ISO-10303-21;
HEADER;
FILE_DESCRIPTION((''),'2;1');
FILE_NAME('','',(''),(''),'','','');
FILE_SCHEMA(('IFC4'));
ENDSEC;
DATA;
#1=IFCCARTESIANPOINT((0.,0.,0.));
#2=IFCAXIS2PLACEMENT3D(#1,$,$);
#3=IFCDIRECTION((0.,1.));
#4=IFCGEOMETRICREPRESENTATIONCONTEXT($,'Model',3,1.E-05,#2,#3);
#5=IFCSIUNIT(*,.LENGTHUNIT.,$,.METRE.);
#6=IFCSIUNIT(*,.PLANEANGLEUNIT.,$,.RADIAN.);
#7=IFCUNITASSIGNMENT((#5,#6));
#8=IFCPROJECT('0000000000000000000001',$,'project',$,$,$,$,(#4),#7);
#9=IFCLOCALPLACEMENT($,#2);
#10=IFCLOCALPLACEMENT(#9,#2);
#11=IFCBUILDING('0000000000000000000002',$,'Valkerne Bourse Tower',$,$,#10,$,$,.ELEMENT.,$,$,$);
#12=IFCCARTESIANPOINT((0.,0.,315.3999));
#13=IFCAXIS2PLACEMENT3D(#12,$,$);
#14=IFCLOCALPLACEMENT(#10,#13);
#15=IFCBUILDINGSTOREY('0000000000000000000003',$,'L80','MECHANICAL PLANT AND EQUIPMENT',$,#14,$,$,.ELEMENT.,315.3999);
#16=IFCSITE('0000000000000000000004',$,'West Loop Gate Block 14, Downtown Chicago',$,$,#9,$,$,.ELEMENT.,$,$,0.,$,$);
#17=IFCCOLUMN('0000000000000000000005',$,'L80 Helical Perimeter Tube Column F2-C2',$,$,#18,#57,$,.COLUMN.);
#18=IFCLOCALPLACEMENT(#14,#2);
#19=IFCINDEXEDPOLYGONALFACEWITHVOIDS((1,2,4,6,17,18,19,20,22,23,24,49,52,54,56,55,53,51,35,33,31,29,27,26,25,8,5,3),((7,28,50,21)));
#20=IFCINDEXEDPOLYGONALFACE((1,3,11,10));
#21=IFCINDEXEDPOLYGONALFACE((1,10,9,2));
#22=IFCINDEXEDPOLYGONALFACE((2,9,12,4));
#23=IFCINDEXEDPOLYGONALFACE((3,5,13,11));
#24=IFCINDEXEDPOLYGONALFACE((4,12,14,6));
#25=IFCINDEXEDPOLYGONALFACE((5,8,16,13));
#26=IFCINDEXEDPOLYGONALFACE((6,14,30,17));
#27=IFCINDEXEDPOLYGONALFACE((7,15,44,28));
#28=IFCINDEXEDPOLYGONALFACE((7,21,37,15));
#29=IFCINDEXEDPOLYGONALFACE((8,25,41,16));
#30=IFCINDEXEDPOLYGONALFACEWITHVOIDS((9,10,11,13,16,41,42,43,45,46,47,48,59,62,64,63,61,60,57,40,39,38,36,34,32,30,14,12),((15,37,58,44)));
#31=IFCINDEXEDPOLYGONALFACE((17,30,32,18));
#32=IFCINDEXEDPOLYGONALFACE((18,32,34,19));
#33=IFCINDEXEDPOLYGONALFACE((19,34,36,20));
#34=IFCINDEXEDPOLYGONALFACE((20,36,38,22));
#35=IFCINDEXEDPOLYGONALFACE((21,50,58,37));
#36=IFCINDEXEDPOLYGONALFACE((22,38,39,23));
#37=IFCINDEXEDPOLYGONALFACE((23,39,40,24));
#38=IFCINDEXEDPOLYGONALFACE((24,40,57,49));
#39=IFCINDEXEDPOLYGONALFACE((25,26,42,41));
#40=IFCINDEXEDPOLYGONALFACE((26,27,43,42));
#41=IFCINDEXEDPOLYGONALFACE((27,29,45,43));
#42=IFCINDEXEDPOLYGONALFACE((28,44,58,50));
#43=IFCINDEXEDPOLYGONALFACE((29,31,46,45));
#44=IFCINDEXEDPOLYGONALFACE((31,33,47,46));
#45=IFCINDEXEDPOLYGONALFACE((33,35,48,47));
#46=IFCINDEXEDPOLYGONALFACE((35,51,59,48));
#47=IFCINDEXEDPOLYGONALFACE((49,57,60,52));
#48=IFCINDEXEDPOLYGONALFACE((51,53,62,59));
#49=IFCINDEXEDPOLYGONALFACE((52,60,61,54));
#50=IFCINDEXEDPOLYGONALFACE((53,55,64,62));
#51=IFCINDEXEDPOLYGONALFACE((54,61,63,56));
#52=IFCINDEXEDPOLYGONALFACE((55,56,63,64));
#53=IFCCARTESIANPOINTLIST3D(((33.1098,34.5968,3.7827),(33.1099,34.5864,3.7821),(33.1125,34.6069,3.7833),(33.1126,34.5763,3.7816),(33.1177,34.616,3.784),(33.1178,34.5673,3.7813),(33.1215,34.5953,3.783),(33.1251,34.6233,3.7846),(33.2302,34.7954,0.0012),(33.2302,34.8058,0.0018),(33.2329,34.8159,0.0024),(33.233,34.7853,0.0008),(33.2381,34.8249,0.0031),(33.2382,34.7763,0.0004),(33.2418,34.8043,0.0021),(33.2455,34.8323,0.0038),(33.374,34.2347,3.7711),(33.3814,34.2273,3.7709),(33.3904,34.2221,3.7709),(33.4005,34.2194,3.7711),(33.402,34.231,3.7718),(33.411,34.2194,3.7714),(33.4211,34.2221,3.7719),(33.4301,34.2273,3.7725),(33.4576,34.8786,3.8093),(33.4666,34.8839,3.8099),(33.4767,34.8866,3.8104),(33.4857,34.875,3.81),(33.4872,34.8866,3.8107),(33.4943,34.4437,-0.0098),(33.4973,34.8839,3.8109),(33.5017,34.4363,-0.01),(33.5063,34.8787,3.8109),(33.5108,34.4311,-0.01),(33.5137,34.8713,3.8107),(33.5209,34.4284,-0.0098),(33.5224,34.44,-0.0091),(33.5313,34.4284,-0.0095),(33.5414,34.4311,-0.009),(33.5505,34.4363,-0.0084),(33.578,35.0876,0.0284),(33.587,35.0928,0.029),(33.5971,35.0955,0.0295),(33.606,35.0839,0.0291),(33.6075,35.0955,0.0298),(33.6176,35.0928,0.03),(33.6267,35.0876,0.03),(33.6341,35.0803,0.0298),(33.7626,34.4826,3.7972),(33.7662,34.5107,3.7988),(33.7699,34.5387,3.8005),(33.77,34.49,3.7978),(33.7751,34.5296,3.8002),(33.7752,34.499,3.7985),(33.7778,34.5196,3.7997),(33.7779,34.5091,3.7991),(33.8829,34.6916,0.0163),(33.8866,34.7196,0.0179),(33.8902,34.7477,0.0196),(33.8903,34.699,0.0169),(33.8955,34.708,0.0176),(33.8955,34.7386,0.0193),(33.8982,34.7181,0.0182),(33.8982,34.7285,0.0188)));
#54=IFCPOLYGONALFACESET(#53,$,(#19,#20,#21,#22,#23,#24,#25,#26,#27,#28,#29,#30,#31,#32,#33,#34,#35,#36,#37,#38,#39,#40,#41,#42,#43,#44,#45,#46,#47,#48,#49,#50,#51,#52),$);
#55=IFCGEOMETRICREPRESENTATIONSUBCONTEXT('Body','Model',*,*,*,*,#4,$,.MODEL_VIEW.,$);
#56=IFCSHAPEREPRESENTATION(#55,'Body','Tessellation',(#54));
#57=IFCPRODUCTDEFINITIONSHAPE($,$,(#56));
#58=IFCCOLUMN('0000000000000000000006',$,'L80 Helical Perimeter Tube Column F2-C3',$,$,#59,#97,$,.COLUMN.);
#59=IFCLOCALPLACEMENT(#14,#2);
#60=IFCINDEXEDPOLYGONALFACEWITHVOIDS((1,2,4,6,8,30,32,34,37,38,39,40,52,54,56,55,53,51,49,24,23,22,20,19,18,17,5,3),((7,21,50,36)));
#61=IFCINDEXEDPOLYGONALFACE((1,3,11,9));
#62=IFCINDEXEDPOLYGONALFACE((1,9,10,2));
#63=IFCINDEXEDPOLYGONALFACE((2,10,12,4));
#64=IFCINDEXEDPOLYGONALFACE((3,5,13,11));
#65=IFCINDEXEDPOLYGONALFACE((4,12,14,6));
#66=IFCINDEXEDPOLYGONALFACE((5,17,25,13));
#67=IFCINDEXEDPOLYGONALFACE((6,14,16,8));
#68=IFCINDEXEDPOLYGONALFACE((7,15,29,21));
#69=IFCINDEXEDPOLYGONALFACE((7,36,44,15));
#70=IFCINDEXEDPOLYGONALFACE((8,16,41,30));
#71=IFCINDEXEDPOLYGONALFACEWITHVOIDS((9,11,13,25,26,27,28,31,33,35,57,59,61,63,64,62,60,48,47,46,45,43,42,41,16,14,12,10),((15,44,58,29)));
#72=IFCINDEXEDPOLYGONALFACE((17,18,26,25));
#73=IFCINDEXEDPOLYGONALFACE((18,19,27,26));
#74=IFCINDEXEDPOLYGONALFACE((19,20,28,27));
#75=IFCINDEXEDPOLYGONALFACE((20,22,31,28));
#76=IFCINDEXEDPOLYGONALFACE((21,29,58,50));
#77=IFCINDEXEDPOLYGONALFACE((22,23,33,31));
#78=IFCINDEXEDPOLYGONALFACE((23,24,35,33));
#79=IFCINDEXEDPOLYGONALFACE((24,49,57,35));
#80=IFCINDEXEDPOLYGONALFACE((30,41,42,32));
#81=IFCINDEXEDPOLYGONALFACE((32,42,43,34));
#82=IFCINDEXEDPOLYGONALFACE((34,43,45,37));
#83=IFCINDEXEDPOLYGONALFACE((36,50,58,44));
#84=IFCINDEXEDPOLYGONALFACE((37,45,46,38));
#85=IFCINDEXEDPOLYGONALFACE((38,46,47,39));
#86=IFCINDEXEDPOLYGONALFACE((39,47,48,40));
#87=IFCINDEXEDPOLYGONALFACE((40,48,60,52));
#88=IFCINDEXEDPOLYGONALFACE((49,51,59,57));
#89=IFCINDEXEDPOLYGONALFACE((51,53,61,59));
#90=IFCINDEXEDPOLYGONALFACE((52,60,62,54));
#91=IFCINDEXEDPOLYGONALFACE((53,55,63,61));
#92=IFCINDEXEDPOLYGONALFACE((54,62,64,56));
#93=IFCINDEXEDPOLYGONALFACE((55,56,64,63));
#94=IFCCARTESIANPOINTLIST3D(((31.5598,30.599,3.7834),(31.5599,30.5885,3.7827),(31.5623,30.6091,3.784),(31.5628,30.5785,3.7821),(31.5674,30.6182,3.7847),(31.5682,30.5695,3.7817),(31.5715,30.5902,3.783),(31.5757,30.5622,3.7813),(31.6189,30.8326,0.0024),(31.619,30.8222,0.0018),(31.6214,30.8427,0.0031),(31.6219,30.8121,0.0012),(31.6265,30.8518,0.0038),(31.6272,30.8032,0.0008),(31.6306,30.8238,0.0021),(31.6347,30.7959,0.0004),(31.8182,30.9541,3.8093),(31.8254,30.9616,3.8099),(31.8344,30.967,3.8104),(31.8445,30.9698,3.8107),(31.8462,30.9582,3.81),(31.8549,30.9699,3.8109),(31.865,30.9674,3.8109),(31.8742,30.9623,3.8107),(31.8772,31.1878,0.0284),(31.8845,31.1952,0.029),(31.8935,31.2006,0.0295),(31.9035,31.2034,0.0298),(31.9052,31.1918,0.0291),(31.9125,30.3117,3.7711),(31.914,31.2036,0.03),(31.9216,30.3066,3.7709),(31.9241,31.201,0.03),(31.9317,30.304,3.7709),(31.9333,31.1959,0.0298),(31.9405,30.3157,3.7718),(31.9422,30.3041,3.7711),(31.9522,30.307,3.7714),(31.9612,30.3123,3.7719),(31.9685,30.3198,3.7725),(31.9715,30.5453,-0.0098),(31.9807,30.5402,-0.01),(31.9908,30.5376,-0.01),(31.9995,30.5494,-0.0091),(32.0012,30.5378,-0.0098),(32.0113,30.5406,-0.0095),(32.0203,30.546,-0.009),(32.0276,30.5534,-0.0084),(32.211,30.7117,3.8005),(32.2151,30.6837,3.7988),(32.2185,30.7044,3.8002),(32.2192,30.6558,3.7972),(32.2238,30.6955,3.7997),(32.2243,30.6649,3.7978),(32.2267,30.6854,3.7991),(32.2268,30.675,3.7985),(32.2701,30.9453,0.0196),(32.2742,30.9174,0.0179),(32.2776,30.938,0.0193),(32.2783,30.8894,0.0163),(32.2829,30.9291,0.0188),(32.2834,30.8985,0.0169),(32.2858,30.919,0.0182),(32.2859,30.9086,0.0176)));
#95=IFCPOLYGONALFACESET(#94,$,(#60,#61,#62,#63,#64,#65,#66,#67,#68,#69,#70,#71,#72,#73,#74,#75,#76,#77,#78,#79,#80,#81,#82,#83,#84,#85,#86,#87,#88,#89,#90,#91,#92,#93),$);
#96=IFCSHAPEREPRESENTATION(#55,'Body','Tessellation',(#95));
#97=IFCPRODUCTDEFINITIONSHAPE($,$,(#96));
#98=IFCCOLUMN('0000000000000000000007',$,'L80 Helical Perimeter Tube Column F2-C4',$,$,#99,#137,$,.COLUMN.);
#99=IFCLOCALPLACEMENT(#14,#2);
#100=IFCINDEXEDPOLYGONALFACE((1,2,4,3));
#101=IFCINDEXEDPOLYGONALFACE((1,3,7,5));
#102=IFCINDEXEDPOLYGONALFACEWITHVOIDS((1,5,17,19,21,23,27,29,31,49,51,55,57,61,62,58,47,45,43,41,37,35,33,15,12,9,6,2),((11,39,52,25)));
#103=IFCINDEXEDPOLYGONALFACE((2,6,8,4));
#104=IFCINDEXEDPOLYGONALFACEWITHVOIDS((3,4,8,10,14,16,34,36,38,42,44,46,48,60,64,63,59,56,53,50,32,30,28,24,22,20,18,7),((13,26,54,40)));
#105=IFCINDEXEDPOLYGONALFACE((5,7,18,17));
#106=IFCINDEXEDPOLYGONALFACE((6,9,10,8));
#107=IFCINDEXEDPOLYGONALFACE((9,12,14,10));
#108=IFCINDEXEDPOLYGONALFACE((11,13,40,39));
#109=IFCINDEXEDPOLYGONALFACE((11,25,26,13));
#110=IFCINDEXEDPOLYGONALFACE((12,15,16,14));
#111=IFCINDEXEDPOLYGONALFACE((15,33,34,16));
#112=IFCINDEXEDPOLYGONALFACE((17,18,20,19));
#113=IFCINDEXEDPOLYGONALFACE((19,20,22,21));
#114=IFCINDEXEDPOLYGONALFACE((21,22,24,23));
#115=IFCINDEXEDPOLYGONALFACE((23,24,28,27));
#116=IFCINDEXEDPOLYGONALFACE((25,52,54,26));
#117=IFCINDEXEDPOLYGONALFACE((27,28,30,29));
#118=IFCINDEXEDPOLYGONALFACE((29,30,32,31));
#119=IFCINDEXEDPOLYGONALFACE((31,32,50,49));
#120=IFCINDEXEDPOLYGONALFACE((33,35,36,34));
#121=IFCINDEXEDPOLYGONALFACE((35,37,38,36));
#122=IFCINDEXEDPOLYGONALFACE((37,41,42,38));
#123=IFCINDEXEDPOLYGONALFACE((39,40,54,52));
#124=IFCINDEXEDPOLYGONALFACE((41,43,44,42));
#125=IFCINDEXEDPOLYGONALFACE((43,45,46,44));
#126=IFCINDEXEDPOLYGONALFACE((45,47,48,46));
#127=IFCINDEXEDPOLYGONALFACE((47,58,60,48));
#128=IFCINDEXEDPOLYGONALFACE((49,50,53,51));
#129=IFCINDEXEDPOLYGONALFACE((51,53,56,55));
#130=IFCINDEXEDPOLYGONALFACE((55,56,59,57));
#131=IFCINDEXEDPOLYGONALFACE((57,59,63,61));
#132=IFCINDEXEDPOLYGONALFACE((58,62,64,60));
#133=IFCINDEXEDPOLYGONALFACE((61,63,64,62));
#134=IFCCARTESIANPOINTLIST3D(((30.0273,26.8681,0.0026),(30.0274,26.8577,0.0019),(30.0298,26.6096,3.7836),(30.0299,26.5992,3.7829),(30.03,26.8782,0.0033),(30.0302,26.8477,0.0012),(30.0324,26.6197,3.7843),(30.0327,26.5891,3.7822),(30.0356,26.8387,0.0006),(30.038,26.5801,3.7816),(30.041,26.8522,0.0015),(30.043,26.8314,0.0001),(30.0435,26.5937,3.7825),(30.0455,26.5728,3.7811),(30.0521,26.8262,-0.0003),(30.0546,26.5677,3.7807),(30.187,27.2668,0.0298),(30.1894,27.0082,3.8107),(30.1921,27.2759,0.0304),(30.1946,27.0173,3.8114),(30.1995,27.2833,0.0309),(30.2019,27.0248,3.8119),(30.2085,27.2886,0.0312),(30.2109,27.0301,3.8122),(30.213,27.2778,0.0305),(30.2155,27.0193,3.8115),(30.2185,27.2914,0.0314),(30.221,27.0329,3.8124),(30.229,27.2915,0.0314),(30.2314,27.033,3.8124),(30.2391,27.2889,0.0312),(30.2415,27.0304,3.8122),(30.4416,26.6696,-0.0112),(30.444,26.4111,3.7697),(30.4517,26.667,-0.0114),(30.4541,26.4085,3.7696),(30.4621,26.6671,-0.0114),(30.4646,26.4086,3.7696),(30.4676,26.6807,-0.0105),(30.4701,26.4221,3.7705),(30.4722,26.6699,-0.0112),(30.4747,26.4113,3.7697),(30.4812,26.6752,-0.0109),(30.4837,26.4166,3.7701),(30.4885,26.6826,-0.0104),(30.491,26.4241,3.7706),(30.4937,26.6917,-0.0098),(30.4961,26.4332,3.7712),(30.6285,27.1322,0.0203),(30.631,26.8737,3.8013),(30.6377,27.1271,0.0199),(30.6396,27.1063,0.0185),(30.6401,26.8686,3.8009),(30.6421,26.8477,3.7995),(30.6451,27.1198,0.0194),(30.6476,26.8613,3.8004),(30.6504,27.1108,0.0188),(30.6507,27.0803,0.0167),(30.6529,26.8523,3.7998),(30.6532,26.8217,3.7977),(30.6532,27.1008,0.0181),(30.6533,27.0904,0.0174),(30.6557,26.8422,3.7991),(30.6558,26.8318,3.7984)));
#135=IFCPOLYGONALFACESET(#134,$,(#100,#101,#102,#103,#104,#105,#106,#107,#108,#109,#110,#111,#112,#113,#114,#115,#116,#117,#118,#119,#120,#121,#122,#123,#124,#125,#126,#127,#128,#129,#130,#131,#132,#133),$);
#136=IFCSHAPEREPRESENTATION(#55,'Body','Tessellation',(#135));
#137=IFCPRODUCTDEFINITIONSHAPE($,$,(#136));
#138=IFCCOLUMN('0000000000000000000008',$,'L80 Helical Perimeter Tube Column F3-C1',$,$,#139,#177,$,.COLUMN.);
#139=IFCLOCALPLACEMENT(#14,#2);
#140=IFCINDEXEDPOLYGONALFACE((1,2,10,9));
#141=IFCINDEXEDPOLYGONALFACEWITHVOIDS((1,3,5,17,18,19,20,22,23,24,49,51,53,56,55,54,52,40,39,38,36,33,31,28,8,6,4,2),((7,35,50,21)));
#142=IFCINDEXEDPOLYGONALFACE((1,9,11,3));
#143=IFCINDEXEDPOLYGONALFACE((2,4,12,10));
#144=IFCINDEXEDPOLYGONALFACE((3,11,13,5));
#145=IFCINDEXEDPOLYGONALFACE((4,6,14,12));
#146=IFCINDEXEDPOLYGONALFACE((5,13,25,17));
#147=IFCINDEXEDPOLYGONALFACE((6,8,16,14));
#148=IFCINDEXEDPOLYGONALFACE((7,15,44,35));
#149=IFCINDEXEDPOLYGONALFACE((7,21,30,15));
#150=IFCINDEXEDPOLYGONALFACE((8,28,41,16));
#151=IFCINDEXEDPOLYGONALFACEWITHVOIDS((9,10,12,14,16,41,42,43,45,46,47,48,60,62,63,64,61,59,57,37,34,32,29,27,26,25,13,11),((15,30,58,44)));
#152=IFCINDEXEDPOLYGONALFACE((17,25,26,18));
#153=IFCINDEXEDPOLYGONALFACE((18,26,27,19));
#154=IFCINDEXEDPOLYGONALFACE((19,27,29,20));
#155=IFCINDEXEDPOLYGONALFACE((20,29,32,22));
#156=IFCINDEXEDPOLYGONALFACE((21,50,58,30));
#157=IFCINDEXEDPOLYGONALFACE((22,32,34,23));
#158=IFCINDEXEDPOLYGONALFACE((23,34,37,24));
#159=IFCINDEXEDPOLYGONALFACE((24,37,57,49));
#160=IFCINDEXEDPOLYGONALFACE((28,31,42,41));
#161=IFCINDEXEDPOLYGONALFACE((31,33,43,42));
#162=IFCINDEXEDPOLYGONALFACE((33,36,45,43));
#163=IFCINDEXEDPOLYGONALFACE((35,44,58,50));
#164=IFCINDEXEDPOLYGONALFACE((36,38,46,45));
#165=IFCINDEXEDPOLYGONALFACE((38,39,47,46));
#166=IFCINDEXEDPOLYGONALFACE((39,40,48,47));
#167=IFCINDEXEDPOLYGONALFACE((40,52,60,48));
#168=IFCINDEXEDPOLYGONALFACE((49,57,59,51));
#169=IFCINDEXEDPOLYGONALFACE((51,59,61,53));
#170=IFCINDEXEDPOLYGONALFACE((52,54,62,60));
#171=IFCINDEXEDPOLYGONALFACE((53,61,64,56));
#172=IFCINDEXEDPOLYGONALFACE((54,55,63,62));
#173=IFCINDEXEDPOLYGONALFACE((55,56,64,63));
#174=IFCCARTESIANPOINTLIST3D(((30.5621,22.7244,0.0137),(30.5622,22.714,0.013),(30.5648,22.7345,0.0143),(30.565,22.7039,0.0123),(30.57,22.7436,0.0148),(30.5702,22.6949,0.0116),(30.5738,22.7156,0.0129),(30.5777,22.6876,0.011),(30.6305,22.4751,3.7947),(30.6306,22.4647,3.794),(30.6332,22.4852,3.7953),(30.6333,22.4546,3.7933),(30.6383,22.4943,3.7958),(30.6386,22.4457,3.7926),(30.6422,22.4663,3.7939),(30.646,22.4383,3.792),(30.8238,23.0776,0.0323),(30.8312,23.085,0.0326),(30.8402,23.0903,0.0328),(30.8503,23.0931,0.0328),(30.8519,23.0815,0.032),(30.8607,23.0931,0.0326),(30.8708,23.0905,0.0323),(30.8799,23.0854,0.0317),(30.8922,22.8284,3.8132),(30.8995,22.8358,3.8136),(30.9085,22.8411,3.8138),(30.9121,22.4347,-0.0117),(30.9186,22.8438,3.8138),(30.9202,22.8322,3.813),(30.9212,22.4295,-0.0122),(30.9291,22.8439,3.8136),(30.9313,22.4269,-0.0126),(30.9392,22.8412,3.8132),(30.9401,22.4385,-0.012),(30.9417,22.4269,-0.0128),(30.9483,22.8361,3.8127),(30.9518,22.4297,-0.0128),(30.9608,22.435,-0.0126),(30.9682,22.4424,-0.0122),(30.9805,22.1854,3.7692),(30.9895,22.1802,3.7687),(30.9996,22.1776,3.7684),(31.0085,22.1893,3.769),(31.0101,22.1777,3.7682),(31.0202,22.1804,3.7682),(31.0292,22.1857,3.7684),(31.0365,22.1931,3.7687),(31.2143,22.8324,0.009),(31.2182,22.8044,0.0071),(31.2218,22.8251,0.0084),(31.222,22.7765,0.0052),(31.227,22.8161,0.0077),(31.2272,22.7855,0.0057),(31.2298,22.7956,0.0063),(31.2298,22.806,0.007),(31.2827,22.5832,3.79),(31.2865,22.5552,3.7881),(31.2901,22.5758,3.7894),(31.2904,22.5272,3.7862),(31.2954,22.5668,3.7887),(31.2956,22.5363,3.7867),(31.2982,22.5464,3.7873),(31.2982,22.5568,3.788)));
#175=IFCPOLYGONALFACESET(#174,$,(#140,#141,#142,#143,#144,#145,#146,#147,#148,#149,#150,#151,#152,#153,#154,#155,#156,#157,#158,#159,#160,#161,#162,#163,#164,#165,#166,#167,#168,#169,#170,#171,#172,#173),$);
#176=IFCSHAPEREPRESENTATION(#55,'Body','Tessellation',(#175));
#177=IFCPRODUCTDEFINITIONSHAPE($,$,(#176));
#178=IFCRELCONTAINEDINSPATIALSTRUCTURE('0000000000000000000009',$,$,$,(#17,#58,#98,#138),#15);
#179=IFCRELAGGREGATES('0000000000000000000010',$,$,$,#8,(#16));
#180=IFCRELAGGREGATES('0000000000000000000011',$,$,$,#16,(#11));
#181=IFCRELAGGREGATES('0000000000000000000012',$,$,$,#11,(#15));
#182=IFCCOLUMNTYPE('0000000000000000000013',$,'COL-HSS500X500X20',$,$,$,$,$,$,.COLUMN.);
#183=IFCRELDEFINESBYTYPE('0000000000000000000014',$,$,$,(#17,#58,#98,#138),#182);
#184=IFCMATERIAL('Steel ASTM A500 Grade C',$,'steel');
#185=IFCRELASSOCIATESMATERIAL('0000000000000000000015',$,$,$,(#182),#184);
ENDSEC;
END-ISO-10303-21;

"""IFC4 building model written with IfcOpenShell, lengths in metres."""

from ifc_helpers import new_model, si_unit, direction, frame, origin, origin_2d, place, context, subcontext, project, spatial, hollow_rectangle, extrude, material, material_profile, profile_set, type_object, element, save


model = new_model("IFC4")

# Units and contexts
model_context = context("Model", 3, precision=1e-05, world=origin(), true_north=direction((0.0, 1.0)))
body_context = subcontext(model_context, "Body", "Model", "MODEL_VIEW")
ifc_project = project(units=[si_unit("LENGTHUNIT", "METRE"), si_unit("PLANEANGLEUNIT", "RADIAN")], contexts=[model_context])

# Site, building, storey
site_placement = place(None, origin())
site = spatial("IfcSite", under=ifc_project, at=site_placement, Name="West Loop Gate Block 14, Downtown Chicago", CompositionType="ELEMENT", RefElevation=0.0)
building_placement = place(site_placement, origin())
building = spatial("IfcBuilding", under=site, at=building_placement, Name="Valkerne Bourse Tower", CompositionType="ELEMENT")
storey_placement = place(building_placement, frame((0.0, 0.0, 315.3999)))
storey = spatial("IfcBuildingStorey", under=building, at=storey_placement, Name="L80", Description="MECHANICAL PLANT AND EQUIPMENT", CompositionType="ELEMENT", Elevation=315.3999)

# Columns
ifc_material_1 = material(Name="Steel ASTM A500 Grade C", Category="steel")
ifc_material_profile_1 = material_profile(ifc_material_1, hollow_rectangle(XDim=0.5, YDim=0.5, WallThickness=0.02, OuterFilletRadius=0.04, at=origin_2d()), Name="HSS500X500X20")
ifc_profile_set_1 = profile_set([ifc_material_profile_1], Name="Steel ASTM A500 Grade C")
column_type = type_object("IfcColumnType", Name="COL-HSS500X500X20", PredefinedType="COLUMN", material=ifc_profile_set_1)
for number, where, z_axis, x_axis, name in (
    (1, (33.5642, 34.762, 0.01), (-0.031769, -0.05516, 0.997972), (-0.791771, -0.60798, -0.058809), "L80 Helical Perimeter Tube Column F2-C2"),
    (2, (31.9524, 30.8706, 0.01), (-0.015594, -0.061669, 0.997975), (-0.597042, -0.800055, -0.058768), "L80 Helical Perimeter Tube Column F2-C3"),
):
    element("IfcColumn", number, at=place(storey_placement, frame(where, z_axis=z_axis, x_axis=x_axis)), inside=storey, type_object=column_type, Name=name, PredefinedType="COLUMN", context=body_context, shape_type="SweptSolid", body=[
        extrude(hollow_rectangle(XDim=0.5, YDim=0.5, WallThickness=0.02, OuterFilletRadius=0.04, at=origin_2d()), origin(), (0.0, 0.0, 1.0), 3.7886),
    ])
for number, where, z_axis, x_axis, name in (
    (3, (30.3403, 26.9792, 0.01), (0.000644, -0.068221, 0.99767), (-0.373963, -0.925299, -0.06303), "L80 Helical Perimeter Tube Column F2-C4"),
    (4, (30.896, 22.76, 0.01), (0.018038, -0.065773, 0.997672), (0.796419, -0.60232, -0.054108), "L80 Helical Perimeter Tube Column F3-C1"),
):
    element("IfcColumn", number, at=place(storey_placement, frame(where, z_axis=z_axis, x_axis=x_axis)), inside=storey, type_object=column_type, Name=name, PredefinedType="COLUMN", context=body_context, shape_type="SweptSolid", body=[
        extrude(hollow_rectangle(XDim=0.5, YDim=0.5, WallThickness=0.02, OuterFilletRadius=0.04, at=origin_2d()), origin(), (0.0, 0.0, 1.0), 3.7898),
    ])

save(model, "model.ifc")
